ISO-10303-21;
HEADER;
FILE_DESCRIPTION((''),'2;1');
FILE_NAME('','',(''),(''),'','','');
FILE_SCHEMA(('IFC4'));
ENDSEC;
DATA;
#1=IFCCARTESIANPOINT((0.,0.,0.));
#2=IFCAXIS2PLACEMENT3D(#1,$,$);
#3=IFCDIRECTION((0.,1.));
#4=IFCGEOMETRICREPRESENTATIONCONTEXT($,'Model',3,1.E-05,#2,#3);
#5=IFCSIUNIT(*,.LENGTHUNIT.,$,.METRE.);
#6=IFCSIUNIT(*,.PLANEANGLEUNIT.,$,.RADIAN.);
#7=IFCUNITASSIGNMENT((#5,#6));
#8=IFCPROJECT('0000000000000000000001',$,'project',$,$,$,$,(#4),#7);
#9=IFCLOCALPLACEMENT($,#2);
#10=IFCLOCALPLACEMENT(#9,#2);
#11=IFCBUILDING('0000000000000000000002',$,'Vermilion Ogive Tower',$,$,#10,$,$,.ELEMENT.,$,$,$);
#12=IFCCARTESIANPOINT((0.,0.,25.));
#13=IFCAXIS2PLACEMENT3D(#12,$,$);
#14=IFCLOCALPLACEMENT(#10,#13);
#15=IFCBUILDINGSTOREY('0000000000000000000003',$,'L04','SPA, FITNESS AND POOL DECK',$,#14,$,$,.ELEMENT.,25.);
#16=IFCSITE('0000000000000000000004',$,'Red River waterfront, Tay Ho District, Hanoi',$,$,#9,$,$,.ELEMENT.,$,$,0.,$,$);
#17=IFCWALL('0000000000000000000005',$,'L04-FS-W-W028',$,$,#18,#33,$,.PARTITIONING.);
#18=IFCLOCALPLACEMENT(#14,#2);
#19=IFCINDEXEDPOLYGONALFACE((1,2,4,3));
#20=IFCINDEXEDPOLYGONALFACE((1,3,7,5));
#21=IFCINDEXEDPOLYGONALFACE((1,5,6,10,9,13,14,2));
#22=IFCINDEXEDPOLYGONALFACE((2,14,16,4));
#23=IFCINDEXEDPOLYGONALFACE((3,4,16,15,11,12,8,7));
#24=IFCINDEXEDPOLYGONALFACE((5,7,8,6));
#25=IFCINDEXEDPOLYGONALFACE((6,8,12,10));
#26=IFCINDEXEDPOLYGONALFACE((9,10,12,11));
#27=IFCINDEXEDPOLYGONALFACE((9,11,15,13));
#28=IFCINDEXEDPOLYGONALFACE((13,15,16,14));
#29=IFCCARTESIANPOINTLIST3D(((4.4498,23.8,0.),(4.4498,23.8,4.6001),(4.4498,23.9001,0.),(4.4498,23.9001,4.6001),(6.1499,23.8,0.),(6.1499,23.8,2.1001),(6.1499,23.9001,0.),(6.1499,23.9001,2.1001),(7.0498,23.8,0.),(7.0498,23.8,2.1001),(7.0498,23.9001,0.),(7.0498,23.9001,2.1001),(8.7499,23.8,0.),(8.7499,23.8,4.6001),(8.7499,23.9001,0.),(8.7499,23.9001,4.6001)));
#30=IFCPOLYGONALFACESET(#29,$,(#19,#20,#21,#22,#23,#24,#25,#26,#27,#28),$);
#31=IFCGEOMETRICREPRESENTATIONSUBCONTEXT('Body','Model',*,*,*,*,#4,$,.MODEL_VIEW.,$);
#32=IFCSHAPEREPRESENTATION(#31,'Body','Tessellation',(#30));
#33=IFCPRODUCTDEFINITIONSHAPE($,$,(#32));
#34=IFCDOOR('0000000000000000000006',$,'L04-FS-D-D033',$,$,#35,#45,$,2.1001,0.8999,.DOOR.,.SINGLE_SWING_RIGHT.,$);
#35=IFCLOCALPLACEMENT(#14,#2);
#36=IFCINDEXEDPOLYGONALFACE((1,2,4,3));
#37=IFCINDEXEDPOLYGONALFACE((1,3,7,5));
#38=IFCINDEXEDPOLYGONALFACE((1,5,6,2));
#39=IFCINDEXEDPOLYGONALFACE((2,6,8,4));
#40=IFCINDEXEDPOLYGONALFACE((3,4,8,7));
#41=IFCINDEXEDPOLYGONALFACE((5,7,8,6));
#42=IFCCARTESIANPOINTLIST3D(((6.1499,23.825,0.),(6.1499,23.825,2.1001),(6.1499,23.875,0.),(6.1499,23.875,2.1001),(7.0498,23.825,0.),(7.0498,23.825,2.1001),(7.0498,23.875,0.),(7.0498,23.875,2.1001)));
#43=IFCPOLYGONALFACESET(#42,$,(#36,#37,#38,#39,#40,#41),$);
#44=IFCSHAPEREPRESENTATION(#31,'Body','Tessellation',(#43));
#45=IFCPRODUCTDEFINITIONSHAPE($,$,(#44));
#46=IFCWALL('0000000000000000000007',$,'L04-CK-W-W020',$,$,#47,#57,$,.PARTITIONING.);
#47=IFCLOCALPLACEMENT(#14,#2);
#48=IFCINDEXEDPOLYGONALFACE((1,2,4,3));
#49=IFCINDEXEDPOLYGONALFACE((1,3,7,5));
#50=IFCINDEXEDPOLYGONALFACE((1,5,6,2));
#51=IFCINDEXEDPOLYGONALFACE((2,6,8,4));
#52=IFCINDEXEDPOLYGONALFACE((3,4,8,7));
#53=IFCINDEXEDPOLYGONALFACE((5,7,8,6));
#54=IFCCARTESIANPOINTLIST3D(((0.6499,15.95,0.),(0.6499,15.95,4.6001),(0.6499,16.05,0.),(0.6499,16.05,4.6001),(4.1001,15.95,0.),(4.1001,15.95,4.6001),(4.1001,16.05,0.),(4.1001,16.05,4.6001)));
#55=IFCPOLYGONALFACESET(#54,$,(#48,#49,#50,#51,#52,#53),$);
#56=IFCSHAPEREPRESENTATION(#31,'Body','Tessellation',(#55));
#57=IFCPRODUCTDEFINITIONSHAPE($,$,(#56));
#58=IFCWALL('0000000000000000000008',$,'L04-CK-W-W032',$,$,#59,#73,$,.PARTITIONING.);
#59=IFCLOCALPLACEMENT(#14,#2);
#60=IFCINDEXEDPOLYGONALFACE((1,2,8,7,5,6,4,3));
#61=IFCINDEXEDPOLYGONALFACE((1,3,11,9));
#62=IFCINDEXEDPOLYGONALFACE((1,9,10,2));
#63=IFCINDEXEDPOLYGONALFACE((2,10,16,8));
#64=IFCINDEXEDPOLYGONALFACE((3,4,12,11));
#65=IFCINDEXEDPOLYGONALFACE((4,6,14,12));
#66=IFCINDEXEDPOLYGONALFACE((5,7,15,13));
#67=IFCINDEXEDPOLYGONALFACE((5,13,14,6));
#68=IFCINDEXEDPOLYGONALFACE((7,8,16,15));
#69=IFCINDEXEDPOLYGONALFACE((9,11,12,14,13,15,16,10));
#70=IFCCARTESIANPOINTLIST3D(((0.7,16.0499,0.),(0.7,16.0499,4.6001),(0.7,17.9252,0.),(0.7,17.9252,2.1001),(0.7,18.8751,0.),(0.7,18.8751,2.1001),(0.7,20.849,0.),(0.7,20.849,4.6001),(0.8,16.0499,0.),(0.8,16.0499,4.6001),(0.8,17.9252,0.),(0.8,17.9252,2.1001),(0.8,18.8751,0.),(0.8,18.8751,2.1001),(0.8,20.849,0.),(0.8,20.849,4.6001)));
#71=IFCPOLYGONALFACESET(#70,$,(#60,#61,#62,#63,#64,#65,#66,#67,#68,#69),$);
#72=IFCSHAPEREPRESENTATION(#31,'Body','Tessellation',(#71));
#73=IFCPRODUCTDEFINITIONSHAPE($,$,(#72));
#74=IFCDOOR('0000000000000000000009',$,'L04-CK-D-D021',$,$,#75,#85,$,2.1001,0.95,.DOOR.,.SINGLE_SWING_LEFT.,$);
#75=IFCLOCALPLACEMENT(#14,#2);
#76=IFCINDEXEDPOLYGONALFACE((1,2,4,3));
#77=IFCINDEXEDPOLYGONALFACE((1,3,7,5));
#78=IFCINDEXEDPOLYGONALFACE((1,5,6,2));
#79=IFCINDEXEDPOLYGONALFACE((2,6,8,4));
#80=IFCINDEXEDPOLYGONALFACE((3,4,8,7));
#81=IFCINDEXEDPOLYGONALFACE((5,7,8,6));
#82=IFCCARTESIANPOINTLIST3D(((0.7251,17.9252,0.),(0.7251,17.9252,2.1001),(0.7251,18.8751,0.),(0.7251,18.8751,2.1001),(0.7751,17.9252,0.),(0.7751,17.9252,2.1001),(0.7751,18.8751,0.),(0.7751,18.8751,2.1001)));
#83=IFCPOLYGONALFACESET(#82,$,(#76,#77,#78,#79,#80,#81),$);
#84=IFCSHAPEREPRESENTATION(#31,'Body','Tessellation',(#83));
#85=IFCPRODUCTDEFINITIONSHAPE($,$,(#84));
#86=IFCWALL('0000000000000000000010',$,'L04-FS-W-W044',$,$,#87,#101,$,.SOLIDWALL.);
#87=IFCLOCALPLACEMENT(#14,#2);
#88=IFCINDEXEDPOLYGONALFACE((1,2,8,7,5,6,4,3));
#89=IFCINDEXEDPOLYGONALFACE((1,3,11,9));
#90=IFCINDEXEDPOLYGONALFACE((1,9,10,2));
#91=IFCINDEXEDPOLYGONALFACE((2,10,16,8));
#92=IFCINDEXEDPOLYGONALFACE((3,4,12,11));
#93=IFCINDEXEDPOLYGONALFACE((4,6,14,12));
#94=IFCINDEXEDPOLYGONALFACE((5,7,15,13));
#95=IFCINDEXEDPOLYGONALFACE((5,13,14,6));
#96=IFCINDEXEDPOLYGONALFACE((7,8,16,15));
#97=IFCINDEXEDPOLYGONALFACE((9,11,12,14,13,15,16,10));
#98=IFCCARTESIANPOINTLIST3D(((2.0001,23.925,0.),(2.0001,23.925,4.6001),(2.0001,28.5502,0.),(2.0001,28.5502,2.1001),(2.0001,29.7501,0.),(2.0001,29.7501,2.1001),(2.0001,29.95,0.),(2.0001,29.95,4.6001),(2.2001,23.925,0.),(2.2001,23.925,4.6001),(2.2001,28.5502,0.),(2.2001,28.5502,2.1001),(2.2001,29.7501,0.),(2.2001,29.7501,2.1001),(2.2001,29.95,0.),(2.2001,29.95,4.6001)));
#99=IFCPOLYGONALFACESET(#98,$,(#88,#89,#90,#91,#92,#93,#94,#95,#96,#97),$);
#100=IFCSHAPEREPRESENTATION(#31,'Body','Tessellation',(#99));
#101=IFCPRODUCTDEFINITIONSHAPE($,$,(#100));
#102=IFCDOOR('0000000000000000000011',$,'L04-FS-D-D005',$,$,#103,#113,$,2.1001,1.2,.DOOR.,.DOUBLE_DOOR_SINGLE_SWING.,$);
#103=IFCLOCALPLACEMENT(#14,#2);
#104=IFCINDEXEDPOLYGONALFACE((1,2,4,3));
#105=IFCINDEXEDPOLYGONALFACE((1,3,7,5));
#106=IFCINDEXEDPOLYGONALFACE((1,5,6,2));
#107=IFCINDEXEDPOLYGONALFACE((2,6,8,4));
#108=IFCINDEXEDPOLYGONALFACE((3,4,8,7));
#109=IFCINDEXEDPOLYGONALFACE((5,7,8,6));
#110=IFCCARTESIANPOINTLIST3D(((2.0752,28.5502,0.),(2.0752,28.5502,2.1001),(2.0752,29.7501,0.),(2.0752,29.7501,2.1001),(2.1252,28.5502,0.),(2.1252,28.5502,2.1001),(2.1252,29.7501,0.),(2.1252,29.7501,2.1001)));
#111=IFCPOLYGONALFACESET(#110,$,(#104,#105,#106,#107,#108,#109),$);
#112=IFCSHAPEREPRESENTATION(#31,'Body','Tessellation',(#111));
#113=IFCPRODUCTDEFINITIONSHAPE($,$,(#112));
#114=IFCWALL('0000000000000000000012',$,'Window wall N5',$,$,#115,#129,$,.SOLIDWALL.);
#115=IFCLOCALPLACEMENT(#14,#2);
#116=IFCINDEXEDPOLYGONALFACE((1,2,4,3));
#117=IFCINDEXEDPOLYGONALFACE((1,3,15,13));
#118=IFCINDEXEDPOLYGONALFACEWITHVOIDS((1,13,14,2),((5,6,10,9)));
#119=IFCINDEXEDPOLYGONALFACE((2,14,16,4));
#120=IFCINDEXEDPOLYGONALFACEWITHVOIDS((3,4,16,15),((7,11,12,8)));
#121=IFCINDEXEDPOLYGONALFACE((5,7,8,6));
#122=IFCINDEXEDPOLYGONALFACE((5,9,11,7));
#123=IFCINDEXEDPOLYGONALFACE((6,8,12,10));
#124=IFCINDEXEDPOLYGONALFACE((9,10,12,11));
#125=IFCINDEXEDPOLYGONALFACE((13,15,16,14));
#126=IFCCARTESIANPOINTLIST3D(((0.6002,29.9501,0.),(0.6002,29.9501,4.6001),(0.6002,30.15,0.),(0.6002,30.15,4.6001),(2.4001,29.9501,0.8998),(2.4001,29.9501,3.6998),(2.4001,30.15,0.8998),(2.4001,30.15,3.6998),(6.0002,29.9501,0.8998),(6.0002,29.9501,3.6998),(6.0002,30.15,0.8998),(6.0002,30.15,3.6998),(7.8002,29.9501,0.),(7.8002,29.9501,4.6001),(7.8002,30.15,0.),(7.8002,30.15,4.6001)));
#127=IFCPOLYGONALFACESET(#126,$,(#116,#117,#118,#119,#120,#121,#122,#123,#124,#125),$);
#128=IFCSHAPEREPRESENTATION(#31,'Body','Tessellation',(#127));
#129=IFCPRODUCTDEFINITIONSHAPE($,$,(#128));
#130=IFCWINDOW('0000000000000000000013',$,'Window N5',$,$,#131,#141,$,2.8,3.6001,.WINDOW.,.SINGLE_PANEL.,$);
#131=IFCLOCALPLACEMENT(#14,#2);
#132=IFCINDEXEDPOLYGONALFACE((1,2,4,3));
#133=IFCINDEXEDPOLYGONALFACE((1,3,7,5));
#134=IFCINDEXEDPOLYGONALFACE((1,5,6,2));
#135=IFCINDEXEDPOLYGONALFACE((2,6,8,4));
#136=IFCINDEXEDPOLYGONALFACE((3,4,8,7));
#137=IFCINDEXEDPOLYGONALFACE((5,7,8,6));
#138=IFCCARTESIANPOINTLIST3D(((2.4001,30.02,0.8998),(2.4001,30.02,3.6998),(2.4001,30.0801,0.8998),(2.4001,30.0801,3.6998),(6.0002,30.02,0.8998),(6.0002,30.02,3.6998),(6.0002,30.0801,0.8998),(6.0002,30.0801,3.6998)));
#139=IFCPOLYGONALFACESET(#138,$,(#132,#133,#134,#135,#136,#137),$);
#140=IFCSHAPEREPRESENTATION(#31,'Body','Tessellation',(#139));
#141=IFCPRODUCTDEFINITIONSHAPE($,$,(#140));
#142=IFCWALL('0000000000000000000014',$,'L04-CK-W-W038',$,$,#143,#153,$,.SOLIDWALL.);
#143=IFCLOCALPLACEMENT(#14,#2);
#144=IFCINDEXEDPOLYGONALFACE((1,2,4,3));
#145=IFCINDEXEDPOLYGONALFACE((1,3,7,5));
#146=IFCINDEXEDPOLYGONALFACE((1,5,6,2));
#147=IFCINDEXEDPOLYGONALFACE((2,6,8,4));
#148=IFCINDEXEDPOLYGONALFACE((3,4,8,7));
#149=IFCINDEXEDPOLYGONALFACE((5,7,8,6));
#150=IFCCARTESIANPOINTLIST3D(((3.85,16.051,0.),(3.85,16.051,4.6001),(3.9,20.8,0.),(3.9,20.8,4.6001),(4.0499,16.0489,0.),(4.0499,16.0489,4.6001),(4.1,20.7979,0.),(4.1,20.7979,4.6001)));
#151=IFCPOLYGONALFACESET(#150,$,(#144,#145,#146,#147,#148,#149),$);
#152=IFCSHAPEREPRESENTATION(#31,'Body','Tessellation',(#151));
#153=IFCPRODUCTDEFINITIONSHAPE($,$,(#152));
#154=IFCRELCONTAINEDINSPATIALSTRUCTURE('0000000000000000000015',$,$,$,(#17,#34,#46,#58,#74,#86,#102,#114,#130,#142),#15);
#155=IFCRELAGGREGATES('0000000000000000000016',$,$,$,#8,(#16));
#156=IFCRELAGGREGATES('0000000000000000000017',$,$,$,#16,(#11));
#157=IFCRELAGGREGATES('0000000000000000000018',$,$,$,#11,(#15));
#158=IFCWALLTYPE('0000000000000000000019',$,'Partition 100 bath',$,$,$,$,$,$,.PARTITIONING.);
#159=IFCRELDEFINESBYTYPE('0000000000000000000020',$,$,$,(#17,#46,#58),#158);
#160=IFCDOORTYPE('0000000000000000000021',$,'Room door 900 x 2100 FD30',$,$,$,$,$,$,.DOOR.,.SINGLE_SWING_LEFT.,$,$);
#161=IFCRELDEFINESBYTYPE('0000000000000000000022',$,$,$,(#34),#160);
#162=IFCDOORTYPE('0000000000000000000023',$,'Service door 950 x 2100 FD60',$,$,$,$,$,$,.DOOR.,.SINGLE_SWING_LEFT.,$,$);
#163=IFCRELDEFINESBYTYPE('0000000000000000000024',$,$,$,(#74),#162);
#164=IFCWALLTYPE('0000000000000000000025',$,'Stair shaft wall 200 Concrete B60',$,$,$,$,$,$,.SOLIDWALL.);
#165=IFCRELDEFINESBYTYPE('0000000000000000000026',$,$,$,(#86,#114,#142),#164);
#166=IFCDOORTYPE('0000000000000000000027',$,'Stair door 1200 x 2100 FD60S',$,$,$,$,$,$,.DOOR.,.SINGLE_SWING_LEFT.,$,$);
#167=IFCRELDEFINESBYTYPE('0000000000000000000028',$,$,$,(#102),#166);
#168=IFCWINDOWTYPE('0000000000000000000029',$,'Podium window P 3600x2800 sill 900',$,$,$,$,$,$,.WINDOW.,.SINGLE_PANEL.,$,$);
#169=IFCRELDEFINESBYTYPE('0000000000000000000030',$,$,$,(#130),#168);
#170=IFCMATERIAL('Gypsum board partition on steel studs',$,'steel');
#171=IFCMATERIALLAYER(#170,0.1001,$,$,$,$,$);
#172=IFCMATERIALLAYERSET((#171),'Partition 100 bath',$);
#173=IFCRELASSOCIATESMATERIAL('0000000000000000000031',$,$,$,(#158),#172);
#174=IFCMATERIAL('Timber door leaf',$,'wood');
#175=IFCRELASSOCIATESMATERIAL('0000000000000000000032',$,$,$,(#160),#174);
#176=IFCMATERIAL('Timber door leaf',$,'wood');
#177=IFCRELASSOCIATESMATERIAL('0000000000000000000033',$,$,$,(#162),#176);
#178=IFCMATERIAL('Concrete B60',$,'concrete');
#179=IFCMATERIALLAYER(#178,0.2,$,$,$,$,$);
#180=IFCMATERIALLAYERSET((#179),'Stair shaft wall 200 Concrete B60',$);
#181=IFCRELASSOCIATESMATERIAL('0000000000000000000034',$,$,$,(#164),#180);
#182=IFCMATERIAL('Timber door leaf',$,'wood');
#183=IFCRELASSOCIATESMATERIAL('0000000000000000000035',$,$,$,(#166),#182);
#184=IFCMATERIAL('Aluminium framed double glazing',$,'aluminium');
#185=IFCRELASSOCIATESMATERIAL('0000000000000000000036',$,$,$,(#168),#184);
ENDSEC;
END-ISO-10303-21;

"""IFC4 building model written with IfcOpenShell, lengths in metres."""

from ifc_helpers import new_model, si_unit, direction, frame, frame_2d, origin, place, context, subcontext, project, spatial, rectangle, extrude, material, layer, layer_set, type_object, element, fill, save


model = new_model("IFC4")

# Units and contexts
model_context = context("Model", 3, precision=1e-05, world=origin(), true_north=direction((0.0, 1.0)))
body_context = subcontext(model_context, "Body", "Model", "MODEL_VIEW")
ifc_project = project(units=[si_unit("LENGTHUNIT", "METRE"), si_unit("PLANEANGLEUNIT", "RADIAN")], contexts=[model_context])

# Site, building, storey
site_placement = place(None, origin())
site = spatial("IfcSite", under=ifc_project, at=site_placement, Name="Red River waterfront, Tay Ho District, Hanoi", CompositionType="ELEMENT", RefElevation=0.0)
building_placement = place(site_placement, origin())
building = spatial("IfcBuilding", under=site, at=building_placement, Name="Vermilion Ogive Tower", CompositionType="ELEMENT")
storey_placement = place(building_placement, frame((0.0, 0.0, 25.0)))
storey = spatial("IfcBuildingStorey", under=building, at=storey_placement, Name="L04", Description="SPA, FITNESS AND POOL DECK", CompositionType="ELEMENT", Elevation=25.0)

# Wall, opening, door
ifc_material_1 = material(Name="Gypsum board partition on steel studs", Category="steel")
ifc_layer_1 = layer(ifc_material_1, 0.1001)
ifc_layer_set_1 = layer_set([ifc_layer_1], Name="Partition 100 bath")
wall_type_1 = type_object("IfcWallType", Name="Partition 100 bath", PredefinedType="PARTITIONING", material=ifc_layer_set_1)
wall_1_placement = place(storey_placement, frame((4.45, 23.8501, 0.0), z_axis=(0.0, 0.0, 1.0), x_axis=(1.0, 0.0, 0.0)))
wall_1 = element("IfcWall", 1, at=wall_1_placement, inside=storey, type_object=wall_type_1, Name="L04-FS-W-W028", PredefinedType="PARTITIONING", context=body_context, shape_type="SweptSolid", body=[
    extrude(rectangle(XDim=4.3, YDim=0.1001, at=frame_2d((2.1499, 0.0))), origin(), (0.0, 0.0, 1.0), 4.6001),
])
opening_1_placement = place(wall_1_placement, frame((1.7, 0.0, 0.0)))
opening_1 = element("IfcOpeningElement", 2, at=opening_1_placement, cuts=wall_1, PredefinedType="OPENING", context=body_context, shape_type="SweptSolid", body=[
    extrude(rectangle(XDim=0.8999, YDim=2.1001, at=frame_2d((0.45, 1.05))), frame((0.0, 0.0601, 0.0), z_axis=(0.0, -1.0, 0.0), x_axis=(1.0, 0.0, 0.0)), (0.0, 0.0, 1.0), 0.1201),
])
ifc_material_2 = material(Name="Timber door leaf", Category="wood")
door_type_1 = type_object("IfcDoorType", Name="Room door 900 x 2100 FD30", OperationType="SINGLE_SWING_LEFT", PredefinedType="DOOR", material=ifc_material_2)
door_1_placement = place(opening_1_placement, origin())
door_1 = element("IfcDoor", 3, at=door_1_placement, inside=storey, type_object=door_type_1, Name="L04-FS-D-D033", OperationType="SINGLE_SWING_RIGHT", OverallHeight=2.1001, OverallWidth=0.8999, PredefinedType="DOOR", context=body_context, shape_type="SweptSolid", body=[
    extrude(rectangle(XDim=0.8999, YDim=2.1001, at=frame_2d((0.45, 1.05))), frame((0.0, 0.0249, 0.0), z_axis=(0.0, -1.0, 0.0), x_axis=(1.0, 0.0, 0.0)), (0.0, 0.0, 1.0), 0.05),
])
fill(opening_1, door_1)

# Wall
wall_2_placement = place(storey_placement, frame((0.6499, 16.0, 0.0), z_axis=(0.0, 0.0, 1.0), x_axis=(1.0, 0.0, 0.0)))
element("IfcWall", 4, at=wall_2_placement, inside=storey, type_object=wall_type_1, Name="L04-CK-W-W020", PredefinedType="PARTITIONING", context=body_context, shape_type="SweptSolid", body=[
    extrude(rectangle(XDim=3.4502, YDim=0.1001, at=frame_2d((1.7251, 0.0))), origin(), (0.0, 0.0, 1.0), 4.6001),
])

# Walls, openings, doors
wall_3_placement = place(storey_placement, frame((0.75, 16.05, 0.0), z_axis=(0.0, 0.0, 1.0), x_axis=(0.0, 1.0, 0.0)))
wall_3 = element("IfcWall", 5, at=wall_3_placement, inside=storey, type_object=wall_type_1, Name="L04-CK-W-W032", PredefinedType="PARTITIONING", context=body_context, shape_type="SweptSolid", body=[
    extrude(rectangle(XDim=4.7991, YDim=0.1001, at=frame_2d((2.3994, 0.0))), origin(), (0.0, 0.0, 1.0), 4.6001),
])
opening_2_placement = place(wall_3_placement, frame((1.875, 0.0, 0.0)))
opening_2 = element("IfcOpeningElement", 6, at=opening_2_placement, cuts=wall_3, PredefinedType="OPENING", context=body_context, shape_type="SweptSolid", body=[
    extrude(rectangle(XDim=0.95, YDim=2.1001, at=frame_2d((0.4751, 1.05))), frame((0.0, 0.0601, 0.0), z_axis=(0.0, -1.0, 0.0), x_axis=(1.0, 0.0, 0.0)), (0.0, 0.0, 1.0), 0.1201),
])
ifc_material_3 = material(Name="Timber door leaf", Category="wood")
door_type_2 = type_object("IfcDoorType", Name="Service door 950 x 2100 FD60", OperationType="SINGLE_SWING_LEFT", PredefinedType="DOOR", material=ifc_material_3)
door_2_placement = place(opening_2_placement, origin())
door_2 = element("IfcDoor", 7, at=door_2_placement, inside=storey, type_object=door_type_2, Name="L04-CK-D-D021", OperationType="SINGLE_SWING_LEFT", OverallHeight=2.1001, OverallWidth=0.95, PredefinedType="DOOR", context=body_context, shape_type="SweptSolid", body=[
    extrude(rectangle(XDim=0.95, YDim=2.1001, at=frame_2d((0.4751, 1.05))), frame((0.0, 0.0249, 0.0), z_axis=(0.0, -1.0, 0.0), x_axis=(1.0, 0.0, 0.0)), (0.0, 0.0, 1.0), 0.05),
])
fill(opening_2, door_2)
ifc_material_4 = material(Name="Concrete B60", Category="concrete")
ifc_layer_2 = layer(ifc_material_4, 0.2)
ifc_layer_set_2 = layer_set([ifc_layer_2], Name="Stair shaft wall 200 Concrete B60")
wall_type_2 = type_object("IfcWallType", Name="Stair shaft wall 200 Concrete B60", PredefinedType="SOLIDWALL", material=ifc_layer_set_2)
wall_4_placement = place(storey_placement, frame((2.1001, 23.925, 0.0), z_axis=(0.0, 0.0, 1.0), x_axis=(0.0, 1.0, 0.0)))
wall_4 = element("IfcWall", 8, at=wall_4_placement, inside=storey, type_object=wall_type_2, Name="L04-FS-W-W044", PredefinedType="SOLIDWALL", context=body_context, shape_type="SweptSolid", body=[
    extrude(rectangle(XDim=6.0249, YDim=0.2, at=frame_2d((3.0125, 0.0))), origin(), (0.0, 0.0, 1.0), 4.6001),
])
opening_3_placement = place(wall_4_placement, frame((4.625, 0.0, 0.0)))
opening_3 = element("IfcOpeningElement", 9, at=opening_3_placement, cuts=wall_4, PredefinedType="OPENING", context=body_context, shape_type="SweptSolid", body=[
    extrude(rectangle(XDim=1.2, YDim=2.1001, at=frame_2d((0.6001, 1.05))), frame((0.0, 0.1099, 0.0), z_axis=(0.0, -1.0, 0.0), x_axis=(1.0, 0.0, 0.0)), (0.0, 0.0, 1.0), 0.22),
])
ifc_material_5 = material(Name="Timber door leaf", Category="wood")
door_type_3 = type_object("IfcDoorType", Name="Stair door 1200 x 2100 FD60S", OperationType="SINGLE_SWING_LEFT", PredefinedType="DOOR", material=ifc_material_5)
door_3_placement = place(opening_3_placement, origin())
door_3 = element("IfcDoor", 10, at=door_3_placement, inside=storey, type_object=door_type_3, Name="L04-FS-D-D005", OperationType="DOUBLE_DOOR_SINGLE_SWING", OverallHeight=2.1001, OverallWidth=1.2, PredefinedType="DOOR", context=body_context, shape_type="SweptSolid", body=[
    extrude(rectangle(XDim=1.2, YDim=2.1001, at=frame_2d((0.6001, 1.05))), frame((0.0, 0.0249, 0.0), z_axis=(0.0, -1.0, 0.0), x_axis=(1.0, 0.0, 0.0)), (0.0, 0.0, 1.0), 0.05),
])
fill(opening_3, door_3)

# Wall, opening, window
wall_5_placement = place(storey_placement, frame((0.6001, 30.05, 0.0), z_axis=(0.0, 0.0, 1.0), x_axis=(1.0, 0.0, 0.0)))
wall_5 = element("IfcWall", 11, at=wall_5_placement, inside=storey, type_object=wall_type_2, Name="Window wall N5", PredefinedType="SOLIDWALL", context=body_context, shape_type="SweptSolid", body=[
    extrude(rectangle(XDim=7.2, YDim=0.2, at=frame_2d((3.6001, 0.0))), origin(), (0.0, 0.0, 1.0), 4.6001),
])
opening_4_placement = place(wall_5_placement, frame((1.8, 0.0, 0.8999)))
opening_4 = element("IfcOpeningElement", 12, at=opening_4_placement, cuts=wall_5, PredefinedType="OPENING", context=body_context, shape_type="SweptSolid", body=[
    extrude(rectangle(XDim=3.6001, YDim=2.8, at=frame_2d((1.8, 1.3999))), frame((0.0, 0.1099, 0.0), z_axis=(0.0, -1.0, 0.0), x_axis=(1.0, 0.0, 0.0)), (0.0, 0.0, 1.0), 0.22),
])
ifc_material_6 = material(Name="Aluminium framed double glazing", Category="aluminium")
window_type = type_object("IfcWindowType", Name="Podium window P 3600x2800 sill 900", PartitioningType="SINGLE_PANEL", PredefinedType="WINDOW", material=ifc_material_6)
window_placement = place(opening_4_placement, origin())
window = element("IfcWindow", 13, at=window_placement, inside=storey, type_object=window_type, Name="Window N5", OverallHeight=2.8, OverallWidth=3.6001, PartitioningType="SINGLE_PANEL", PredefinedType="WINDOW", context=body_context, shape_type="SweptSolid", body=[
    extrude(rectangle(XDim=3.6001, YDim=2.8, at=frame_2d((1.8, 1.3999))), frame((0.0, 0.03, 0.0), z_axis=(0.0, -1.0, 0.0), x_axis=(1.0, 0.0, 0.0)), (0.0, 0.0, 1.0), 0.0601),
])
fill(opening_4, window)

# Wall
wall_6_placement = place(storey_placement, frame((3.95, 16.05, 0.0), z_axis=(0.0, 0.0, 1.0), x_axis=(0.010538, 0.999944, 0.0)))
element("IfcWall", 14, at=wall_6_placement, inside=storey, type_object=wall_type_2, Name="L04-CK-W-W038", PredefinedType="SOLIDWALL", context=body_context, shape_type="SweptSolid", body=[
    extrude(rectangle(XDim=4.7493, YDim=0.2, at=frame_2d((2.3745, 0.0))), origin(), (0.0, 0.0, 1.0), 4.6001),
])

save(model, "model.ifc")
